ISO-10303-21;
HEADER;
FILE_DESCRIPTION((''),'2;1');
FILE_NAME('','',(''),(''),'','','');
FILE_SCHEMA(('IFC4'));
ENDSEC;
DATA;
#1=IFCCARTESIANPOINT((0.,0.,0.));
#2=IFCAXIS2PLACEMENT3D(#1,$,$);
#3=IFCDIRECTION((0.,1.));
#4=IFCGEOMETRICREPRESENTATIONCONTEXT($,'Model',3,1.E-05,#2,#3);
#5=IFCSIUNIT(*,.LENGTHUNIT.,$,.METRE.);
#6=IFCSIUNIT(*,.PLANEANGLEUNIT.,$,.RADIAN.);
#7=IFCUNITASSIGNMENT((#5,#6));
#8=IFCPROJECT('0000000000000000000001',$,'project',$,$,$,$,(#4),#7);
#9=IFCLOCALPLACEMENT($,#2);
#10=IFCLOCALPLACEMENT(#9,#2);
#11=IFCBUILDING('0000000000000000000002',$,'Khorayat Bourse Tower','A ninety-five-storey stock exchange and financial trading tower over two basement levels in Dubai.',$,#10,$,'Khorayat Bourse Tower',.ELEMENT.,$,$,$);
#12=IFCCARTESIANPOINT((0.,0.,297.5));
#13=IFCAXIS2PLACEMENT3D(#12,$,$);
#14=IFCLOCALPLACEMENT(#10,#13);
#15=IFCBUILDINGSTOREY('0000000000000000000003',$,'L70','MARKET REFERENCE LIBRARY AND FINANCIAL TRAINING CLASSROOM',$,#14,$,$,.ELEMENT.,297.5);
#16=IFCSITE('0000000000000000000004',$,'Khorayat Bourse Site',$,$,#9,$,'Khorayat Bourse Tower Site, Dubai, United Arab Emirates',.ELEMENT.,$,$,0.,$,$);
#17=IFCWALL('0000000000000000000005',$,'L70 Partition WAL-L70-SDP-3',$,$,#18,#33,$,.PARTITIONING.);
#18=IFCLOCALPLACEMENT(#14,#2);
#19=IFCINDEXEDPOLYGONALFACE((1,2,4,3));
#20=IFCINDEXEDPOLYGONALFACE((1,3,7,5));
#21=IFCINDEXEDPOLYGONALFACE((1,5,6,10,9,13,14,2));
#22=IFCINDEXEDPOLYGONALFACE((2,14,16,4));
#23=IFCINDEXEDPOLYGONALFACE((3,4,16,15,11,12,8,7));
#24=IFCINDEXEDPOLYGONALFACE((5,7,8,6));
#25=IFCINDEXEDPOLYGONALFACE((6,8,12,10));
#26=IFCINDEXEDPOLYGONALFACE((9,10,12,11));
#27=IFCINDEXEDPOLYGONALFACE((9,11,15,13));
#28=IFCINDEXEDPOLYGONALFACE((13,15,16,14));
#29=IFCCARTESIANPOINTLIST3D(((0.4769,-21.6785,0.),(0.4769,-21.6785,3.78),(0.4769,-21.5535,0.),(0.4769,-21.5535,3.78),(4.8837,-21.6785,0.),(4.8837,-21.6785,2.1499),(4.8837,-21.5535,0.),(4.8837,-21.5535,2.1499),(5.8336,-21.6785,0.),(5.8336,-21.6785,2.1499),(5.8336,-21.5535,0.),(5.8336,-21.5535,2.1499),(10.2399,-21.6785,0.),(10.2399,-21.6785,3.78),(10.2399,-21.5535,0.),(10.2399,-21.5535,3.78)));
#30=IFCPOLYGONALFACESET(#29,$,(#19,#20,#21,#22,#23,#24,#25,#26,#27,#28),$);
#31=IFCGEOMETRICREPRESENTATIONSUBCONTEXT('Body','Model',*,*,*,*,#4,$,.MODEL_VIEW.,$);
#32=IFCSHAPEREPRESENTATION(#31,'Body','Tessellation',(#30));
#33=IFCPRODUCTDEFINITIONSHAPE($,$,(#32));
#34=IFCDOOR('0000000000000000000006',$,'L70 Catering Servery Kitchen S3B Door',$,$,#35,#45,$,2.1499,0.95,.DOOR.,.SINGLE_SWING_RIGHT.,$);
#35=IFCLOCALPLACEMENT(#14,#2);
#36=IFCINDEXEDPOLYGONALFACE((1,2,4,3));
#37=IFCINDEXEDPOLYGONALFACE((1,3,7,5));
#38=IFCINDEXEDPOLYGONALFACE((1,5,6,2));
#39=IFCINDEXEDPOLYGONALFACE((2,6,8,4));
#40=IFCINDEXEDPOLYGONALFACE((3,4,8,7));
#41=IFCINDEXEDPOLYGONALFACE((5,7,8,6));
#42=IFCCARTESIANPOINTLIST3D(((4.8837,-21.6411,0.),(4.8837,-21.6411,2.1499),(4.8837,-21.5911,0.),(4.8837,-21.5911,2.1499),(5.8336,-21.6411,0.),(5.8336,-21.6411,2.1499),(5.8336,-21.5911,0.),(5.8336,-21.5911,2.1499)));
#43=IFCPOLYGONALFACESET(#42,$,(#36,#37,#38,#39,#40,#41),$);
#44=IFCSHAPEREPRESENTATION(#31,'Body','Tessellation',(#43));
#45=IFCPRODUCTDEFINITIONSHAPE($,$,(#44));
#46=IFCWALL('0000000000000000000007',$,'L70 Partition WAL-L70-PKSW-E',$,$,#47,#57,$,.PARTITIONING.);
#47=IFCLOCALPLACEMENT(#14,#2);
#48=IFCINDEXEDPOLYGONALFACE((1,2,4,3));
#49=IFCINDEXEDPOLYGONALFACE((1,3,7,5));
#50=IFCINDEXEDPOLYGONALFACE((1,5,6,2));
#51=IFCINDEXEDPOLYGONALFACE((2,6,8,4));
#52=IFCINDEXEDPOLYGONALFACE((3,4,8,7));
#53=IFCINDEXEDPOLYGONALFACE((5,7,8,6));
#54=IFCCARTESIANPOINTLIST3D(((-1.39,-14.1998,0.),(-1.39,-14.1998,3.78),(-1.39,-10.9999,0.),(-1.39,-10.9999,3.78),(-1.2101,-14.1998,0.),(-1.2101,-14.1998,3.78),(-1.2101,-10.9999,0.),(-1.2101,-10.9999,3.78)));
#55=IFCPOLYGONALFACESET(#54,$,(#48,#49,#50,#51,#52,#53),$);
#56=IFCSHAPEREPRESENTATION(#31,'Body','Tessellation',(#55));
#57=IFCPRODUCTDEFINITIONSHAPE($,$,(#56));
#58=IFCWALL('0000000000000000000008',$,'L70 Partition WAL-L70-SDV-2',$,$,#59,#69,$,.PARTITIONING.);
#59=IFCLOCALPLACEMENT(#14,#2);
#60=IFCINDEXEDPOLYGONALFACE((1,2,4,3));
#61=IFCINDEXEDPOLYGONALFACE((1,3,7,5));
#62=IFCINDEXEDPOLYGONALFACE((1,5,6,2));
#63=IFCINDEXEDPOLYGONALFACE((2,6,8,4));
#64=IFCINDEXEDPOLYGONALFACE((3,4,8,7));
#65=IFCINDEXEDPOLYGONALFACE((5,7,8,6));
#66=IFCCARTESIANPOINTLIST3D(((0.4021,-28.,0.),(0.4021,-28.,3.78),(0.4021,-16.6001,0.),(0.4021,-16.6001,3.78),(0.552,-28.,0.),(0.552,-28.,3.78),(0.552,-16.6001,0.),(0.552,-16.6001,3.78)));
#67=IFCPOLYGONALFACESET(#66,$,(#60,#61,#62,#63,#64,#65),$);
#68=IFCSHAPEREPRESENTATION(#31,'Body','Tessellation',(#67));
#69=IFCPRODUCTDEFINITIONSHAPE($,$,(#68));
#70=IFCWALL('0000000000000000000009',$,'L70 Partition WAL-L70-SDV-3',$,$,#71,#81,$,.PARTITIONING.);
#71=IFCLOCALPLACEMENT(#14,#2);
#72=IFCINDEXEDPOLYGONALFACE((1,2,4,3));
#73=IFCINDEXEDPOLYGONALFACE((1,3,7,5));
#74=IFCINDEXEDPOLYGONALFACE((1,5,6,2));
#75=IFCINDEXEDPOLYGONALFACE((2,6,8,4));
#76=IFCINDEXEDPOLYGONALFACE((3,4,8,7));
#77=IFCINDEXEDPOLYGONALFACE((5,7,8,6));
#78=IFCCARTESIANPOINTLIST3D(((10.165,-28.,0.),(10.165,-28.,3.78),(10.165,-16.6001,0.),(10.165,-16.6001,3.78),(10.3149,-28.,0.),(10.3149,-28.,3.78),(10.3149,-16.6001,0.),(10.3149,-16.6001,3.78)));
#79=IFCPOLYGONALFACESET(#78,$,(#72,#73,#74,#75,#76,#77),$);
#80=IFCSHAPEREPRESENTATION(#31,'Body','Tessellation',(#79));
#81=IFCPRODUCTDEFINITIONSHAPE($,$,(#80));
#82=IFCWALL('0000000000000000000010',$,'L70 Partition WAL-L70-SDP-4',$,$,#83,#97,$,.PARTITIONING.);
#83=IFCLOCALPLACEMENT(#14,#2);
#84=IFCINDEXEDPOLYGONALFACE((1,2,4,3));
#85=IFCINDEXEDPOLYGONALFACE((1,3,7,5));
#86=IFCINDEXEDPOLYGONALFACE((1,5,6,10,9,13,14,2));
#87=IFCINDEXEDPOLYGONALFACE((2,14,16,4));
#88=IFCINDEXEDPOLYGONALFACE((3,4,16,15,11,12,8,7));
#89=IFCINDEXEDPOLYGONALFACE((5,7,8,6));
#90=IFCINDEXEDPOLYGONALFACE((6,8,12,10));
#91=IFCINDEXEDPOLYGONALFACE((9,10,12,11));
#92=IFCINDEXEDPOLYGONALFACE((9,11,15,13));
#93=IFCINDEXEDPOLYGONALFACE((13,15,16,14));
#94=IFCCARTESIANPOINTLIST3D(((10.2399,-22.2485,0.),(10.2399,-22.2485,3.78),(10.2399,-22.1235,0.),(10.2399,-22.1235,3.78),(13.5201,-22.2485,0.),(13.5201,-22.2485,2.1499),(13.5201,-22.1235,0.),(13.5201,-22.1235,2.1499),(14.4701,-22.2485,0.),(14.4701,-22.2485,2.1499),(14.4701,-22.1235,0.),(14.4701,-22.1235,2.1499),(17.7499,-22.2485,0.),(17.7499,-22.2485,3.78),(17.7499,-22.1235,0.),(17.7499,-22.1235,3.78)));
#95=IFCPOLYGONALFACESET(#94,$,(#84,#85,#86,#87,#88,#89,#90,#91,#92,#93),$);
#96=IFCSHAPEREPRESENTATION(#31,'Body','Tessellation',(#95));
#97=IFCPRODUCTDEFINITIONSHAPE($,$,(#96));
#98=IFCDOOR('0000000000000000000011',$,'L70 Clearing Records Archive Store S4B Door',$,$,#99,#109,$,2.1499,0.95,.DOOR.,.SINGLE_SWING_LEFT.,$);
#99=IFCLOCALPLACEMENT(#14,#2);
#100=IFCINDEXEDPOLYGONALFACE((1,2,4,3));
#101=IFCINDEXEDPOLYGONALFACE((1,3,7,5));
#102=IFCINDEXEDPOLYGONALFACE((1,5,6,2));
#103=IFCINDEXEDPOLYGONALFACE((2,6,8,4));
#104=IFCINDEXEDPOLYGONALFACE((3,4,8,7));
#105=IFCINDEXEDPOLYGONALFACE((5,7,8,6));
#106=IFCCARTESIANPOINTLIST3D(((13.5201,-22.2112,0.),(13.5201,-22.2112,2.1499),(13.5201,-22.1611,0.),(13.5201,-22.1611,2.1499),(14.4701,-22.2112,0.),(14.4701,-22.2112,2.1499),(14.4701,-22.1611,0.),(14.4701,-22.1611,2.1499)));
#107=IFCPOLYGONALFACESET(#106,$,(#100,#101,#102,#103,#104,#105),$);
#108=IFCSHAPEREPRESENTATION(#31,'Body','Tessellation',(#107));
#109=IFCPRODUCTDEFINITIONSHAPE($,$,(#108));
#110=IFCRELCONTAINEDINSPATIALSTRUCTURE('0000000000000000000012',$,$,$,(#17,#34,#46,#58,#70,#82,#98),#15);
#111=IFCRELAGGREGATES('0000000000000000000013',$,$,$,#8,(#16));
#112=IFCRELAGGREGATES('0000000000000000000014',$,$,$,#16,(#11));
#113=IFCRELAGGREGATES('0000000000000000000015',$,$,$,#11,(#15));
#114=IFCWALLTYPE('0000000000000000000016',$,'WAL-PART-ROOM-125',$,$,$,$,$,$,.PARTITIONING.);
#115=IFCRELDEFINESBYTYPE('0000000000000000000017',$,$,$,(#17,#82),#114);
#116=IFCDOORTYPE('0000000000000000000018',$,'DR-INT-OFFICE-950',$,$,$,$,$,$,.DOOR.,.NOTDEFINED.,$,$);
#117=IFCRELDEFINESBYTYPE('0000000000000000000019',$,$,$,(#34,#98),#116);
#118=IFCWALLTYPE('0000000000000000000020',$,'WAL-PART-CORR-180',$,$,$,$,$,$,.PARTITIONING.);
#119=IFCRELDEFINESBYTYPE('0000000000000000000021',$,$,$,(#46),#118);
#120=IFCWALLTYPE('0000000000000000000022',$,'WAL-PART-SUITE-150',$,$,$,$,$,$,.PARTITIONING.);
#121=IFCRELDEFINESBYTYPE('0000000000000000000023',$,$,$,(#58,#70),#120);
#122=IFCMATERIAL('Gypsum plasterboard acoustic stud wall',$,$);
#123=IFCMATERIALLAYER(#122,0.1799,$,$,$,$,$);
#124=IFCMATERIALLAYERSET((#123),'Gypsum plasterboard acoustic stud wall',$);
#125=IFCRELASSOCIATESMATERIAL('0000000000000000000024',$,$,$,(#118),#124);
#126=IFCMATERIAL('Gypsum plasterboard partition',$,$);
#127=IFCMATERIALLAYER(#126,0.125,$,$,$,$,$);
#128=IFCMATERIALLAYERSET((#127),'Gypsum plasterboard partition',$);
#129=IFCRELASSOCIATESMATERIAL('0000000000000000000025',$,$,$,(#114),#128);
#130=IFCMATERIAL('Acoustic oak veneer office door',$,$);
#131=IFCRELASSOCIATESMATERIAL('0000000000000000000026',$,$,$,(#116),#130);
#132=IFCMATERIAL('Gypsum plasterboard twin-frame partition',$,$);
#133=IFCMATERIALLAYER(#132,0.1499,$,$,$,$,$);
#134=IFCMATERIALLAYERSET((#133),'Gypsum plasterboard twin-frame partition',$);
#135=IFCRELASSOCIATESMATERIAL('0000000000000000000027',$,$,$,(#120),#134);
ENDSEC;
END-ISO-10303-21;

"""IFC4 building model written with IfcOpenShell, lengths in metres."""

from ifc_helpers import new_model, si_unit, direction, frame, frame_2d, origin, place, context, subcontext, project, spatial, rectangle, extrude, source, transform, mapped, material, layer, layer_set, type_object, element, fill, save


model = new_model("IFC4")

# Units and contexts
model_context = context("Model", 3, precision=1e-05, world=origin(), true_north=direction((0.0, 1.0)))
body_context = subcontext(model_context, "Body", "Model", "MODEL_VIEW")
ifc_project = project(units=[si_unit("LENGTHUNIT", "METRE"), si_unit("PLANEANGLEUNIT", "RADIAN")], contexts=[model_context])

# Site, building, storey
site_placement = place(None, origin())
site = spatial("IfcSite", under=ifc_project, at=site_placement, Name="Khorayat Bourse Site", LongName="Khorayat Bourse Tower Site, Dubai, United Arab Emirates", CompositionType="ELEMENT", RefElevation=0.0)
building_placement = place(site_placement, origin())
building = spatial("IfcBuilding", under=site, at=building_placement, Name="Khorayat Bourse Tower", Description="A ninety-five-storey stock exchange and financial trading tower over two basement levels in Dubai.", LongName="Khorayat Bourse Tower", CompositionType="ELEMENT")
storey_placement = place(building_placement, frame((0.0, 0.0, 297.5)))
storey = spatial("IfcBuildingStorey", under=building, at=storey_placement, Name="L70", Description="MARKET REFERENCE LIBRARY AND FINANCIAL TRAINING CLASSROOM", CompositionType="ELEMENT", Elevation=297.5)

# Wall, opening, door
ifc_material_1 = material(Name="Gypsum plasterboard acoustic stud wall")
ifc_layer_1 = layer(ifc_material_1, 0.1799)
ifc_layer_set_1 = layer_set([ifc_layer_1], Name="Gypsum plasterboard acoustic stud wall")
wall_type_1 = type_object("IfcWallType", Name="WAL-PART-CORR-180", PredefinedType="PARTITIONING", material=ifc_layer_set_1)
ifc_material_2 = material(Name="Gypsum plasterboard partition")
ifc_layer_2 = layer(ifc_material_2, 0.125)
ifc_layer_set_2 = layer_set([ifc_layer_2], Name="Gypsum plasterboard partition")
wall_type_2 = type_object("IfcWallType", Name="WAL-PART-ROOM-125", PredefinedType="PARTITIONING", material=ifc_layer_set_2)
shared_shape_1 = source(origin(), body_context, "Body", "SweptSolid", [
    extrude(rectangle(XDim=9.7629, YDim=0.125, at=frame_2d((4.8813, 0.0))), origin(), (0.0, 0.0, 1.0), 3.78),
])
wall_1_placement = place(storey_placement, frame((0.4771, -21.616, 0.0), z_axis=(0.0, 0.0, 1.0), x_axis=(1.0, 0.0, 0.0)))
wall_1 = element("IfcWall", 1, at=wall_1_placement, inside=storey, type_object=wall_type_2, Name="L70 Partition WAL-L70-SDP-3", PredefinedType="PARTITIONING", context=body_context, shape_type="MappedRepresentation", body=[
    mapped(shared_shape_1, transform((0.0, 0.0, 0.0), scale=1.0)),
])
shared_shape_2 = source(origin(), body_context, "Body", "SweptSolid", [
    extrude(rectangle(XDim=0.95, YDim=2.1499, at=frame_2d((0.4751, 1.075))), frame((0.0, 0.0725, 0.0), z_axis=(0.0, -1.0, 0.0), x_axis=(1.0, 0.0, 0.0)), (0.0, 0.0, 1.0), 0.145),
])
opening_1_placement = place(wall_1_placement, frame((4.4065, 0.0, 0.0)))
opening_1 = element("IfcOpeningElement", 2, at=opening_1_placement, cuts=wall_1, PredefinedType="OPENING", context=body_context, shape_type="MappedRepresentation", body=[
    mapped(shared_shape_2, transform((0.0, 0.0, 0.0), scale=1.0)),
])
ifc_material_3 = material(Name="Acoustic oak veneer office door")
door_type_1 = type_object("IfcDoorType", Name="DR-INT-OFFICE-950", OperationType="NOTDEFINED", PredefinedType="DOOR", material=ifc_material_3)
shared_shape_3 = source(origin(), body_context, "Body", "SweptSolid", [
    extrude(rectangle(XDim=0.95, YDim=2.1499, at=frame_2d((0.4751, 1.075))), frame((0.0, 0.0249, 0.0), z_axis=(0.0, -1.0, 0.0), x_axis=(1.0, 0.0, 0.0)), (0.0, 0.0, 1.0), 0.05),
])
door_1_placement = place(opening_1_placement, origin())
door_1 = element("IfcDoor", 3, at=door_1_placement, inside=storey, type_object=door_type_1, Name="L70 Catering Servery Kitchen S3B Door", OperationType="SINGLE_SWING_RIGHT", OverallHeight=2.1499, OverallWidth=0.95, PredefinedType="DOOR", context=body_context, shape_type="MappedRepresentation", body=[
    mapped(shared_shape_3, transform((0.0, 0.0, 0.0), scale=1.0)),
])
fill(opening_1, door_1)

# Walls
shared_shape_4 = source(origin(), body_context, "Body", "SweptSolid", [
    extrude(rectangle(XDim=3.2, YDim=0.1799, at=frame_2d((1.6001, 0.0))), origin(), (0.0, 0.0, 1.0), 3.78),
])
wall_2_placement = place(storey_placement, frame((-1.3, -14.2, 0.0), z_axis=(0.0, 0.0, 1.0), x_axis=(0.0, 1.0, 0.0)))
element("IfcWall", 4, at=wall_2_placement, inside=storey, type_object=wall_type_1, Name="L70 Partition WAL-L70-PKSW-E", PredefinedType="PARTITIONING", context=body_context, shape_type="MappedRepresentation", body=[
    mapped(shared_shape_4, transform((0.0, 0.0, 0.0), scale=1.0)),
])
ifc_material_4 = material(Name="Gypsum plasterboard twin-frame partition")
ifc_layer_3 = layer(ifc_material_4, 0.1499)
ifc_layer_set_3 = layer_set([ifc_layer_3], Name="Gypsum plasterboard twin-frame partition")
wall_type_3 = type_object("IfcWallType", Name="WAL-PART-SUITE-150", PredefinedType="PARTITIONING", material=ifc_layer_set_3)
shared_shape_5 = source(origin(), body_context, "Body", "SweptSolid", [
    extrude(rectangle(XDim=11.3999, YDim=0.1499, at=frame_2d((5.7, 0.0))), origin(), (0.0, 0.0, 1.0), 3.78),
])
for number, where, z_axis, x_axis, name in (
    (5, (0.4771, -28.0, 0.0), (0.0, 0.0, 1.0), (0.0, 1.0, 0.0), "L70 Partition WAL-L70-SDV-2"),
    (6, (10.24, -28.0, 0.0), (0.0, 0.0, 1.0), (0.0, 1.0, 0.0), "L70 Partition WAL-L70-SDV-3"),
):
    element("IfcWall", number, at=place(storey_placement, frame(where, z_axis=z_axis, x_axis=x_axis)), inside=storey, type_object=wall_type_3, Name=name, PredefinedType="PARTITIONING", context=body_context, shape_type="MappedRepresentation", body=[
        mapped(shared_shape_5, transform((0.0, 0.0, 0.0), scale=1.0)),
    ])

# Wall, opening, door
shared_shape_6 = source(origin(), body_context, "Body", "SweptSolid", [
    extrude(rectangle(XDim=7.51, YDim=0.125, at=frame_2d((3.7549, 0.0))), origin(), (0.0, 0.0, 1.0), 3.78),
])
wall_3_placement = place(storey_placement, frame((10.24, -22.186, 0.0), z_axis=(0.0, 0.0, 1.0), x_axis=(1.0, 0.0, 0.0)))
wall_3 = element("IfcWall", 7, at=wall_3_placement, inside=storey, type_object=wall_type_2, Name="L70 Partition WAL-L70-SDP-4", PredefinedType="PARTITIONING", context=body_context, shape_type="MappedRepresentation", body=[
    mapped(shared_shape_6, transform((0.0, 0.0, 0.0), scale=1.0)),
])
opening_2_placement = place(wall_3_placement, frame((3.28, 0.0, 0.0)))
opening_2 = element("IfcOpeningElement", 8, at=opening_2_placement, cuts=wall_3, PredefinedType="OPENING", context=body_context, shape_type="MappedRepresentation", body=[
    mapped(shared_shape_2, transform((0.0, 0.0, 0.0), scale=1.0)),
])
door_2_placement = place(opening_2_placement, origin())
door_2 = element("IfcDoor", 9, at=door_2_placement, inside=storey, type_object=door_type_1, Name="L70 Clearing Records Archive Store S4B Door", OperationType="SINGLE_SWING_LEFT", OverallHeight=2.1499, OverallWidth=0.95, PredefinedType="DOOR", context=body_context, shape_type="MappedRepresentation", body=[
    mapped(shared_shape_3, transform((0.0, 0.0, 0.0), scale=1.0)),
])
fill(opening_2, door_2)

save(model, "model.ifc")
